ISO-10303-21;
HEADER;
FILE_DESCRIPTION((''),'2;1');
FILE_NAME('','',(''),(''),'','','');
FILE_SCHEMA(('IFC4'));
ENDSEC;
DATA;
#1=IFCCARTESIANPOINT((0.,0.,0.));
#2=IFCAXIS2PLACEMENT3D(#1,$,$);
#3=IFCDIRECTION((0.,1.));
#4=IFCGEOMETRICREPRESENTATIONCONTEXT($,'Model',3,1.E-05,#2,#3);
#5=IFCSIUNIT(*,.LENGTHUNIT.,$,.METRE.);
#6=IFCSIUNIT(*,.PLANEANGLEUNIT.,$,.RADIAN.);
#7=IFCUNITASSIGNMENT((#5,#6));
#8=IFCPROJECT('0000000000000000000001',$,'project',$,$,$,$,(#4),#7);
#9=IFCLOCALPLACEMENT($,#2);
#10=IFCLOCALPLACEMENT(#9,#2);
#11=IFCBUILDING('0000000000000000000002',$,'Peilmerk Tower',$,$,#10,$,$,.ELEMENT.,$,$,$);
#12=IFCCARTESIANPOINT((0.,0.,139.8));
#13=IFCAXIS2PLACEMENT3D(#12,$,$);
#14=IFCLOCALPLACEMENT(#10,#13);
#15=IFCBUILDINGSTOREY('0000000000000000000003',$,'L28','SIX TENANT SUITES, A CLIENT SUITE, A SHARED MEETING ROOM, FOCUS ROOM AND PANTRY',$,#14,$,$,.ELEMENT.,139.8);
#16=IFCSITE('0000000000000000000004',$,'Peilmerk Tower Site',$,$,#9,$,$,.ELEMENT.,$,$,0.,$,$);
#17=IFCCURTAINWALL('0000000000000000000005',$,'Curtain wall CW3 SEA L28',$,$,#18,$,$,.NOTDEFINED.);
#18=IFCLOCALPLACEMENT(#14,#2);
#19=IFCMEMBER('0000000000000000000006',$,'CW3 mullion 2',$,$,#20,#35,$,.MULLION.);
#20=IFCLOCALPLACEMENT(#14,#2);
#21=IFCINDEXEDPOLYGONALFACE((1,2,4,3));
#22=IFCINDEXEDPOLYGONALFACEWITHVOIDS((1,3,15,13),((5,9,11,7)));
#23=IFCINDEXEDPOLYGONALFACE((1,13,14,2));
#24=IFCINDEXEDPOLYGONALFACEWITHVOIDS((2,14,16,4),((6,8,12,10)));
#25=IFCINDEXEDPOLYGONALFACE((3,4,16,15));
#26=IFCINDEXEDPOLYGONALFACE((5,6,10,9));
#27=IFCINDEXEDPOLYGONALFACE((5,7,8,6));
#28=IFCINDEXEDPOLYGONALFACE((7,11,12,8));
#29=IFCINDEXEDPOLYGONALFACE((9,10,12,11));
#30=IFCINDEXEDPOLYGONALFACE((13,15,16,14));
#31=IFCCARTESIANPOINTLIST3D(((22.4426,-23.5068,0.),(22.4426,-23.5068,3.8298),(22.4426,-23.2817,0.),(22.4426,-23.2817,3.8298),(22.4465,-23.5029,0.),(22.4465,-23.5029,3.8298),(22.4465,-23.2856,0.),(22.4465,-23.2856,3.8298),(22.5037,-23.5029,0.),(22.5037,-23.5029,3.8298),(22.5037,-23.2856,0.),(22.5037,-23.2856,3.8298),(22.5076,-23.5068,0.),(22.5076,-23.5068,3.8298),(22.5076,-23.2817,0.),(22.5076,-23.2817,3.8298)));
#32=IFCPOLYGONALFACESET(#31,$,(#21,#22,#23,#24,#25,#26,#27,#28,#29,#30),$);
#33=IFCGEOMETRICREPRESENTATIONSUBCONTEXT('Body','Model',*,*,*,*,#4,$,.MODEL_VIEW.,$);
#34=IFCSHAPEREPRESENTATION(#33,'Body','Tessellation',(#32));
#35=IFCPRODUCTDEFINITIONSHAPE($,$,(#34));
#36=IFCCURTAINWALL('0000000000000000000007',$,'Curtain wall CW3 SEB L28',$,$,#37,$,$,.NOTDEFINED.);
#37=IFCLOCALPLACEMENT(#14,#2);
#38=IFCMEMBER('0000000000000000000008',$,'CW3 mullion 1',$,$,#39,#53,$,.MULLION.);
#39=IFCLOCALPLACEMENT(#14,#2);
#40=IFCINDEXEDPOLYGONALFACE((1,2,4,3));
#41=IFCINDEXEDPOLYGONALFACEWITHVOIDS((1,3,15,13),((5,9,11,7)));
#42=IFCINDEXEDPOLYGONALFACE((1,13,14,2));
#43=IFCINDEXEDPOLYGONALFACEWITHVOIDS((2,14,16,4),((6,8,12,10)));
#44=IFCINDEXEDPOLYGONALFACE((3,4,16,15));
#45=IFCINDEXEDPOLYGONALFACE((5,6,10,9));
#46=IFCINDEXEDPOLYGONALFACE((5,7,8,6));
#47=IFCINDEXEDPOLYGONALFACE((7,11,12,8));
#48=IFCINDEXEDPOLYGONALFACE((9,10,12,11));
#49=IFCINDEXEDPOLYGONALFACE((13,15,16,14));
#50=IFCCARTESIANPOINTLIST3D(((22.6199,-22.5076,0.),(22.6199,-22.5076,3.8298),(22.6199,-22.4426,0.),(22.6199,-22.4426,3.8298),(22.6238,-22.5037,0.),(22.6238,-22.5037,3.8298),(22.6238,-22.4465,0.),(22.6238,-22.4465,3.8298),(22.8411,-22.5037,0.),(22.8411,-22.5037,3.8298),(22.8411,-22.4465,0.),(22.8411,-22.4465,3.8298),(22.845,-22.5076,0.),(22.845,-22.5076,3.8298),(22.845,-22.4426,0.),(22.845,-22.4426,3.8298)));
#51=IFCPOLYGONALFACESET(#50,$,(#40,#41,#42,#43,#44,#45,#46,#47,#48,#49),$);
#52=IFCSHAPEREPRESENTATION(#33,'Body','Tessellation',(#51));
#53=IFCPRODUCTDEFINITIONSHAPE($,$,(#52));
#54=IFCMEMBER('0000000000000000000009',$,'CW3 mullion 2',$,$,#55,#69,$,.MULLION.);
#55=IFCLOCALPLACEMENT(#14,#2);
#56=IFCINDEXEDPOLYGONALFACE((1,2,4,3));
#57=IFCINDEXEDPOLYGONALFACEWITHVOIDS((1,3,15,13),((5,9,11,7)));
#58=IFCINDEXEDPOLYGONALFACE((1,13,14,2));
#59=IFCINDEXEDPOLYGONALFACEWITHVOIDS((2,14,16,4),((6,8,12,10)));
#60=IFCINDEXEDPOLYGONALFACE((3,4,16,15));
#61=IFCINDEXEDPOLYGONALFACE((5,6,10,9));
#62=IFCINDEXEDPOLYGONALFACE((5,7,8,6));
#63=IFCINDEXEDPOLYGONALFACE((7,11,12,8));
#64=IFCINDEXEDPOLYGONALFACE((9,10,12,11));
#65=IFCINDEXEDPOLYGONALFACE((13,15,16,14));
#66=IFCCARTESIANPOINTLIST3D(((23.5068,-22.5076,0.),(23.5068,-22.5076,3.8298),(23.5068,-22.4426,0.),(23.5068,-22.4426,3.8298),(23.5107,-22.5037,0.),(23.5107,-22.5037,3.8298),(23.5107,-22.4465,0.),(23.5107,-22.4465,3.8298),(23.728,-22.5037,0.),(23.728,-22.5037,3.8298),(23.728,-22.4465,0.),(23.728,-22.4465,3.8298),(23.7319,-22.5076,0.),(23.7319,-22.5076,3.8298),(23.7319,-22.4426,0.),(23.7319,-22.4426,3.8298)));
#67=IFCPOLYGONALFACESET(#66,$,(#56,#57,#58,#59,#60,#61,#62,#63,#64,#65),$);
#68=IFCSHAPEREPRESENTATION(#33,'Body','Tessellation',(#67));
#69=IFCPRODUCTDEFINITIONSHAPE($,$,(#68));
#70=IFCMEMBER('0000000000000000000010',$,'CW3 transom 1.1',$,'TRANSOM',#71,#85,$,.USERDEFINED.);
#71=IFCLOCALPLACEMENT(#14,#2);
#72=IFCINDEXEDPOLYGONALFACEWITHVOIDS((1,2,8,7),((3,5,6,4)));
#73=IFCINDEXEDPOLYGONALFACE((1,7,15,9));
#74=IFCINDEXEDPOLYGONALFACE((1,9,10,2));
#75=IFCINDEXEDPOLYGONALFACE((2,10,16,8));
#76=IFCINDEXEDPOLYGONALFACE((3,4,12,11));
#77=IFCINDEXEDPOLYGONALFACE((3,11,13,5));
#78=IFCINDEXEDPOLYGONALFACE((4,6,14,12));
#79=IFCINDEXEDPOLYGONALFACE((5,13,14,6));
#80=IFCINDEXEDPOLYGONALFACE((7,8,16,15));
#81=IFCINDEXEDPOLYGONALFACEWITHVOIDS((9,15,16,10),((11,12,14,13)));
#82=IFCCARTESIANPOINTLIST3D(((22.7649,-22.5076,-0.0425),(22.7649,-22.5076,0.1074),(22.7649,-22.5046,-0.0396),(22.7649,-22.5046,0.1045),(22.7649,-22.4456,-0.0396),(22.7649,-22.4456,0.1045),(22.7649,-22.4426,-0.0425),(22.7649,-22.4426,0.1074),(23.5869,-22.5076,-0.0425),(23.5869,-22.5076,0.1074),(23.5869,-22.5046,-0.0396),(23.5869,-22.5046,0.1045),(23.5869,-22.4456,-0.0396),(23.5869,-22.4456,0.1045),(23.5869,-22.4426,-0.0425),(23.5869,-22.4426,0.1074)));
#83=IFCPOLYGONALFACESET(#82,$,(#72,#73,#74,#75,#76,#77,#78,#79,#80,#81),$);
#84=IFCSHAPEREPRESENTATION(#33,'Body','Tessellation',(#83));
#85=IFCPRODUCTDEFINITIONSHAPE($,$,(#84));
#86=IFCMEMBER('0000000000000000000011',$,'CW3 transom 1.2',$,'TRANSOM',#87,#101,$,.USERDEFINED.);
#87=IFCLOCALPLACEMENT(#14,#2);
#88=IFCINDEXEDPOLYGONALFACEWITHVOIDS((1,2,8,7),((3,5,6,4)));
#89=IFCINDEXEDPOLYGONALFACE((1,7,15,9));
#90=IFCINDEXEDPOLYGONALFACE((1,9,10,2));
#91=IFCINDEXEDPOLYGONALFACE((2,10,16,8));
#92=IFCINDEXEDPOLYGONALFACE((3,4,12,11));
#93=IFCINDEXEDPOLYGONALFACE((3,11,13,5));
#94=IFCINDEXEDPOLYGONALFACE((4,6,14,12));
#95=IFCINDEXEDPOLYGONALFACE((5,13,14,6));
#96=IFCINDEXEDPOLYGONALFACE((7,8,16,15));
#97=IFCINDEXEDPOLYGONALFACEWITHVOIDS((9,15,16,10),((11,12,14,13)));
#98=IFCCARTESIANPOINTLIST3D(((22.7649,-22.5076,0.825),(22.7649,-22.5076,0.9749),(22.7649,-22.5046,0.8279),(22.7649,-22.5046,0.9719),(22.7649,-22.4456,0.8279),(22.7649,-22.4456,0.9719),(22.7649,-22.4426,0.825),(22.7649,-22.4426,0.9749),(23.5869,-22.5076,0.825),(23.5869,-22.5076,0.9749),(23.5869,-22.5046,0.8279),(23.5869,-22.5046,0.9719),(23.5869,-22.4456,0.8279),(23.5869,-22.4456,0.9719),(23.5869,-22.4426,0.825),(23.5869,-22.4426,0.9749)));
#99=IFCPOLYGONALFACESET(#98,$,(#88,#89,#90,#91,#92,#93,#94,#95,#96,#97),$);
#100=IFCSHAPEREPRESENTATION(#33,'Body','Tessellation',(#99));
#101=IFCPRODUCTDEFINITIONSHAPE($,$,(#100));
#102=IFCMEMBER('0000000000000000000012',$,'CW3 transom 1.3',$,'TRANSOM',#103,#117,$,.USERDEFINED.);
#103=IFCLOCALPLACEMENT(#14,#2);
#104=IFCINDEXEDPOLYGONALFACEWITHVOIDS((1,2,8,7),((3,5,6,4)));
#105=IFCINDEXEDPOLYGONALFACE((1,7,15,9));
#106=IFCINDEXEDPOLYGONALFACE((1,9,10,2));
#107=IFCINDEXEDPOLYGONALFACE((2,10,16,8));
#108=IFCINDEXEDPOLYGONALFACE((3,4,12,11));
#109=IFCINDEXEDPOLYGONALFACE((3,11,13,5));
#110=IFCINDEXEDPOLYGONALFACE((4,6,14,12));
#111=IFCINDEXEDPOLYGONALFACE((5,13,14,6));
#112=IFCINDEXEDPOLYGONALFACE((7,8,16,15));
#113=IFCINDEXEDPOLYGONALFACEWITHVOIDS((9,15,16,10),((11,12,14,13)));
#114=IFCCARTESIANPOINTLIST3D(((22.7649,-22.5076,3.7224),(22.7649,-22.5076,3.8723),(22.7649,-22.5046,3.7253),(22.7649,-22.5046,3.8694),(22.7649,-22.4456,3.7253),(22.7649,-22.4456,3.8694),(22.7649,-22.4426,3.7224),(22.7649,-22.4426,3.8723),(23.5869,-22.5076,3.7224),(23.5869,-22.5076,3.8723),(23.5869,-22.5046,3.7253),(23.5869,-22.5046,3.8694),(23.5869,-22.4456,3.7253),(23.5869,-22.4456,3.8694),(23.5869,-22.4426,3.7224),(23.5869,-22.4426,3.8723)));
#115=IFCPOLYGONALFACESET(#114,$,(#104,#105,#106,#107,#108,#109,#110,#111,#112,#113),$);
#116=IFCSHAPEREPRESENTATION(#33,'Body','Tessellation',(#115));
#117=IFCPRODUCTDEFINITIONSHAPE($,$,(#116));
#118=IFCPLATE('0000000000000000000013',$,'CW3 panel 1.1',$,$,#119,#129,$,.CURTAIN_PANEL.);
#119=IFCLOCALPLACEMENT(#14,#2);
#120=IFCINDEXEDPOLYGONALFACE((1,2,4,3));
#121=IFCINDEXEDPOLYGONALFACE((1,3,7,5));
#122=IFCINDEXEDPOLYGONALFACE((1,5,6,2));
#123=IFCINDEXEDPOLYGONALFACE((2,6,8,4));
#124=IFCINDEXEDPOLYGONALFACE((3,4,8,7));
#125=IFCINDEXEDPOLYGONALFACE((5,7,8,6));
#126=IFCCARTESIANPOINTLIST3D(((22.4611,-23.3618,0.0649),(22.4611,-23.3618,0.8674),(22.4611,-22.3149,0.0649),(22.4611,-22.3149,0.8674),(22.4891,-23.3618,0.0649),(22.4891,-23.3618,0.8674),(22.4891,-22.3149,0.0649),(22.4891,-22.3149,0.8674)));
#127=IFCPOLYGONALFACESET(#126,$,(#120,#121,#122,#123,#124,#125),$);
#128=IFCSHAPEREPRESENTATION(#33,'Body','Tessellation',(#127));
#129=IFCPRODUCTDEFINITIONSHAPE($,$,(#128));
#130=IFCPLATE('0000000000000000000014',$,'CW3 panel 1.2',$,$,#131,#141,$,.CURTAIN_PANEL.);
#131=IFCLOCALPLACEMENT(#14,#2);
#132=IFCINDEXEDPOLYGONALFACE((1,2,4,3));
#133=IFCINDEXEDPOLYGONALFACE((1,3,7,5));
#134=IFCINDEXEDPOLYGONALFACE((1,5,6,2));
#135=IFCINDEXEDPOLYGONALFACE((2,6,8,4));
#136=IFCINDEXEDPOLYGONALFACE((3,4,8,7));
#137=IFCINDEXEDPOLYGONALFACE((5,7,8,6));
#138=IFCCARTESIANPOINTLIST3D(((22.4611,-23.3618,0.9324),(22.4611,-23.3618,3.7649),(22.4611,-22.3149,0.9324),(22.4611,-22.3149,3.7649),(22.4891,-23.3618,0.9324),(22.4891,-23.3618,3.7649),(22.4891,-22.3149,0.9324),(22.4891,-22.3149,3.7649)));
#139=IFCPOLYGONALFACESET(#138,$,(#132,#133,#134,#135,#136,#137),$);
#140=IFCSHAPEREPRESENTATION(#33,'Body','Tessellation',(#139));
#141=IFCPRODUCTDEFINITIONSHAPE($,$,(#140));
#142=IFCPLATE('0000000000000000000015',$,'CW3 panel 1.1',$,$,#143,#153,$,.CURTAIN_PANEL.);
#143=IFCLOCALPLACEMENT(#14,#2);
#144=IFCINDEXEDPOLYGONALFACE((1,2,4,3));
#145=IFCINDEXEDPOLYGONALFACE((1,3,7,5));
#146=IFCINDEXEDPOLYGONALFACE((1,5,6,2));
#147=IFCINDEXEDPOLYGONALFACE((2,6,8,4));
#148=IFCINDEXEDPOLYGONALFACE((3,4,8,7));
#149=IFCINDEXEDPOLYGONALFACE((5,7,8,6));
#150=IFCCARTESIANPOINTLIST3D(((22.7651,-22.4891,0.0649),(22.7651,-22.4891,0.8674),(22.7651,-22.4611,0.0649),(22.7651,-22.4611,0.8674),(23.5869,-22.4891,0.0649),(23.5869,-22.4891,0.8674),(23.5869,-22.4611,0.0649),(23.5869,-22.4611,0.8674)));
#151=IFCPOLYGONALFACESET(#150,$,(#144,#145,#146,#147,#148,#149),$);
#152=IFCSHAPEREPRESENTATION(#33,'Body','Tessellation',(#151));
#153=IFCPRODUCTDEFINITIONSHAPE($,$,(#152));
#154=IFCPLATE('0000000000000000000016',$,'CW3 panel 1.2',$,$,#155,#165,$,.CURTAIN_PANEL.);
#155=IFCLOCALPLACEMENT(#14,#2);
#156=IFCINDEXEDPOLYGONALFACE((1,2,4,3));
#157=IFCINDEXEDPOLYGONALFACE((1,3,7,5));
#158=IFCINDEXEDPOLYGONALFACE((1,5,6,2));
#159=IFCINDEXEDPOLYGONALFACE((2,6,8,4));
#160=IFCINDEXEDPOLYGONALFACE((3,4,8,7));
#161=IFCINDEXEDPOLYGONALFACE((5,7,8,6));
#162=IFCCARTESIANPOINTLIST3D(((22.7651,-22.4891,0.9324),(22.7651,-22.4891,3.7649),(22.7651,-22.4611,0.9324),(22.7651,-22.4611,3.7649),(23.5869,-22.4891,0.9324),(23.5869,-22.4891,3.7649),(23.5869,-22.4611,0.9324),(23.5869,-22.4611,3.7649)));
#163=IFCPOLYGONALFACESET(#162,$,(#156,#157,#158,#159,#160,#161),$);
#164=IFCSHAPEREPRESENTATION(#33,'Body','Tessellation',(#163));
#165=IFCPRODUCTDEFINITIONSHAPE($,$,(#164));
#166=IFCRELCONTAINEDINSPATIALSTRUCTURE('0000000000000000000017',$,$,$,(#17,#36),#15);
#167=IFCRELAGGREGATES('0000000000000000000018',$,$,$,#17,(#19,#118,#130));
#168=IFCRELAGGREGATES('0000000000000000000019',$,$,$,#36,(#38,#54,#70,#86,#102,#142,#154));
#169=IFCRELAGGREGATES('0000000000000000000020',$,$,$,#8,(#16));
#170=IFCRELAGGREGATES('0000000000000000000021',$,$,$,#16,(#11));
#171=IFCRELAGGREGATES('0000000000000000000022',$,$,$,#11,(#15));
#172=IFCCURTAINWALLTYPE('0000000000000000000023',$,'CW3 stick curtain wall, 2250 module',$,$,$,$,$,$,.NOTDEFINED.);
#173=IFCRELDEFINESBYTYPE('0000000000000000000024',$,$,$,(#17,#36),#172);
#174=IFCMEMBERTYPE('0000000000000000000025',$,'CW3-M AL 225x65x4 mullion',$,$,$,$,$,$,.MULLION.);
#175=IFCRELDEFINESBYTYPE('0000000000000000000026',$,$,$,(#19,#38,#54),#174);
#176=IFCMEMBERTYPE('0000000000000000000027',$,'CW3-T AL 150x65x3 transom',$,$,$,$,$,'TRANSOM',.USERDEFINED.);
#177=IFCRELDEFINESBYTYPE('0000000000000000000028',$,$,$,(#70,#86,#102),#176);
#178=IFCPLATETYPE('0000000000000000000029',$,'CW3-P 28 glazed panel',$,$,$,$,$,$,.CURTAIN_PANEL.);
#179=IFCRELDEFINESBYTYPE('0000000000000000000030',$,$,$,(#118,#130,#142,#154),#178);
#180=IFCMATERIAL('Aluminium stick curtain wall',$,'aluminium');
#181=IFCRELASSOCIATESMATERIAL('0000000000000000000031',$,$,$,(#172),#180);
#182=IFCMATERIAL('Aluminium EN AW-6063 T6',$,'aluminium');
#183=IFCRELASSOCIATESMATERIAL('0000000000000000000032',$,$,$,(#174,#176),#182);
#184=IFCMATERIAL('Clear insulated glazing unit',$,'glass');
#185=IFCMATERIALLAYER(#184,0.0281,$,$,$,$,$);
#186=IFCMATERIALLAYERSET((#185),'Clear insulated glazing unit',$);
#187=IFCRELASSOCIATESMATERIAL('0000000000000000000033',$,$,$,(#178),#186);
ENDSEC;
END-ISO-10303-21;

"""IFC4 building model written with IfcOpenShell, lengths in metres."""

from ifc_helpers import new_model, si_unit, direction, frame, origin, origin_2d, place, context, subcontext, project, spatial, rectangle, hollow_rectangle, extrude, material, layer, layer_set, material_profile, profile_set, type_object, element, aggregate, save


model = new_model("IFC4")

# Units and contexts
model_context = context("Model", 3, precision=1e-05, world=origin(), true_north=direction((0.0, 1.0)))
body_context = subcontext(model_context, "Body", "Model", "MODEL_VIEW")
ifc_project = project(units=[si_unit("LENGTHUNIT", "METRE"), si_unit("PLANEANGLEUNIT", "RADIAN")], contexts=[model_context])

# Site, building, storey
site_placement = place(None, origin())
site = spatial("IfcSite", under=ifc_project, at=site_placement, Name="Peilmerk Tower Site", CompositionType="ELEMENT", RefElevation=0.0)
building_placement = place(site_placement, origin())
building = spatial("IfcBuilding", under=site, at=building_placement, Name="Peilmerk Tower", CompositionType="ELEMENT")
storey_placement = place(building_placement, frame((0.0, 0.0, 139.8)))
storey = spatial("IfcBuildingStorey", under=building, at=storey_placement, Name="L28", Description="SIX TENANT SUITES, A CLIENT SUITE, A SHARED MEETING ROOM, FOCUS ROOM AND PANTRY", CompositionType="ELEMENT", Elevation=139.8)

# Curtain wall, member
ifc_material_1 = material(Name="Aluminium stick curtain wall", Category="aluminium")
curtain_wall_type = type_object("IfcCurtainWallType", Name="CW3 stick curtain wall, 2250 module", PredefinedType="NOTDEFINED", material=ifc_material_1)
curtain_wall_1_placement = place(storey_placement, origin())
curtain_wall_1 = element("IfcCurtainWall", 1, at=curtain_wall_1_placement, inside=storey, type_object=curtain_wall_type, Name="Curtain wall CW3 SEA L28", PredefinedType="NOTDEFINED")
ifc_material_2 = material(Name="Aluminium EN AW-6063 T6", Category="aluminium")
ifc_material_profile_1 = material_profile(ifc_material_2, hollow_rectangle(XDim=0.0649, YDim=0.2251, WallThickness=0.0039, at=origin_2d()), Name="AL 225x65x4")
ifc_profile_set_1 = profile_set([ifc_material_profile_1], Name="Aluminium EN AW-6063 T6")
member_type_1 = type_object("IfcMemberType", Name="CW3-M AL 225x65x4 mullion", PredefinedType="MULLION", material=ifc_profile_set_1)
member_1_placement = place(storey_placement, frame((22.4751, -23.3943, 0.0), z_axis=(0.0, 0.0, 1.0), x_axis=(1.0, 0.0, 0.0)))
member_1 = element("IfcMember", 2, at=member_1_placement, type_object=member_type_1, Name="CW3 mullion 2", PredefinedType="MULLION", context=body_context, shape_type="SweptSolid", body=[
    extrude(hollow_rectangle(XDim=0.0649, YDim=0.2251, WallThickness=0.0039, at=origin_2d()), origin(), (0.0, 0.0, 1.0), 3.8298),
])

# Curtain wall, members
curtain_wall_2_placement = place(storey_placement, origin())
curtain_wall_2 = element("IfcCurtainWall", 3, at=curtain_wall_2_placement, inside=storey, type_object=curtain_wall_type, Name="Curtain wall CW3 SEB L28", PredefinedType="NOTDEFINED")
member_2_placement = place(storey_placement, frame((22.7324, -22.4751, 0.0), z_axis=(0.0, 0.0, 1.0), x_axis=(0.0, 1.0, 0.0)))
member_2 = element("IfcMember", 4, at=member_2_placement, type_object=member_type_1, Name="CW3 mullion 1", PredefinedType="MULLION", context=body_context, shape_type="SweptSolid", body=[
    extrude(hollow_rectangle(XDim=0.0649, YDim=0.2251, WallThickness=0.0039, at=origin_2d()), origin(), (0.0, 0.0, 1.0), 3.8298),
])
member_3_placement = place(storey_placement, frame((23.6194, -22.4751, 0.0), z_axis=(0.0, 0.0, 1.0), x_axis=(0.0, 1.0, 0.0)))
member_3 = element("IfcMember", 5, at=member_3_placement, type_object=member_type_1, Name="CW3 mullion 2", PredefinedType="MULLION", context=body_context, shape_type="SweptSolid", body=[
    extrude(hollow_rectangle(XDim=0.0649, YDim=0.2251, WallThickness=0.0039, at=origin_2d()), origin(), (0.0, 0.0, 1.0), 3.8298),
])
ifc_material_profile_2 = material_profile(ifc_material_2, hollow_rectangle(XDim=0.0649, YDim=0.1499, WallThickness=0.0029, at=origin_2d()), Name="AL 150x65x3")
ifc_profile_set_2 = profile_set([ifc_material_profile_2], Name="Aluminium EN AW-6063 T6")
member_type_2 = type_object("IfcMemberType", Name="CW3-T AL 150x65x3 transom", ElementType="TRANSOM", PredefinedType="USERDEFINED", material=ifc_profile_set_2)
member_4_placement = place(storey_placement, frame((22.7649, -22.4751, 0.0325), z_axis=(1.0, 0.0, 0.0), x_axis=(0.0, 1.0, 0.0)))
member_4 = element("IfcMember", 6, at=member_4_placement, type_object=member_type_2, Name="CW3 transom 1.1", ObjectType="TRANSOM", PredefinedType="USERDEFINED", context=body_context, shape_type="SweptSolid", body=[
    extrude(hollow_rectangle(XDim=0.0649, YDim=0.1499, WallThickness=0.0029, at=origin_2d()), origin(), (0.0, 0.0, 1.0), 0.822),
])
member_5_placement = place(storey_placement, frame((22.7649, -22.4751, 0.8999), z_axis=(1.0, 0.0, 0.0), x_axis=(0.0, 1.0, 0.0)))
member_5 = element("IfcMember", 7, at=member_5_placement, type_object=member_type_2, Name="CW3 transom 1.2", ObjectType="TRANSOM", PredefinedType="USERDEFINED", context=body_context, shape_type="SweptSolid", body=[
    extrude(hollow_rectangle(XDim=0.0649, YDim=0.1499, WallThickness=0.0029, at=origin_2d()), origin(), (0.0, 0.0, 1.0), 0.822),
])
member_6_placement = place(storey_placement, frame((22.7649, -22.4751, 3.7974), z_axis=(1.0, 0.0, 0.0), x_axis=(0.0, 1.0, 0.0)))
member_6 = element("IfcMember", 8, at=member_6_placement, type_object=member_type_2, Name="CW3 transom 1.3", ObjectType="TRANSOM", PredefinedType="USERDEFINED", context=body_context, shape_type="SweptSolid", body=[
    extrude(hollow_rectangle(XDim=0.0649, YDim=0.1499, WallThickness=0.0029, at=origin_2d()), origin(), (0.0, 0.0, 1.0), 0.822),
])

# Plates
ifc_material_3 = material(Name="Clear insulated glazing unit", Category="glass")
ifc_layer_1 = layer(ifc_material_3, 0.0281)
ifc_layer_set_1 = layer_set([ifc_layer_1], Name="Clear insulated glazing unit")
plate_type = type_object("IfcPlateType", Name="CW3-P 28 glazed panel", PredefinedType="CURTAIN_PANEL", material=ifc_layer_set_1)
plate_1_placement = place(storey_placement, frame((22.4751, -22.8384, 0.0649), z_axis=(0.0, 0.0, 1.0), x_axis=(0.0, -1.0, 0.0)))
plate_1 = element("IfcPlate", 9, at=plate_1_placement, type_object=plate_type, Name="CW3 panel 1.1", PredefinedType="CURTAIN_PANEL", context=body_context, shape_type="SweptSolid", body=[
    extrude(rectangle(XDim=1.0469, YDim=0.0281, at=origin_2d()), origin(), (0.0, 0.0, 1.0), 0.8025),
])
plate_2_placement = place(storey_placement, frame((22.4751, -22.8384, 0.9324), z_axis=(0.0, 0.0, 1.0), x_axis=(0.0, -1.0, 0.0)))
plate_2 = element("IfcPlate", 10, at=plate_2_placement, type_object=plate_type, Name="CW3 panel 1.2", PredefinedType="CURTAIN_PANEL", context=body_context, shape_type="SweptSolid", body=[
    extrude(rectangle(XDim=1.0469, YDim=0.0281, at=origin_2d()), origin(), (0.0, 0.0, 1.0), 2.8325),
])
aggregate(curtain_wall_1, [member_1, plate_1, plate_2])
plate_3_placement = place(storey_placement, frame((23.176, -22.4751, 0.0649), z_axis=(0.0, 0.0, 1.0), x_axis=(1.0, 0.0, 0.0)))
plate_3 = element("IfcPlate", 11, at=plate_3_placement, type_object=plate_type, Name="CW3 panel 1.1", PredefinedType="CURTAIN_PANEL", context=body_context, shape_type="SweptSolid", body=[
    extrude(rectangle(XDim=0.8218, YDim=0.0281, at=origin_2d()), origin(), (0.0, 0.0, 1.0), 0.8025),
])
plate_4_placement = place(storey_placement, frame((23.176, -22.4751, 0.9324), z_axis=(0.0, 0.0, 1.0), x_axis=(1.0, 0.0, 0.0)))
plate_4 = element("IfcPlate", 12, at=plate_4_placement, type_object=plate_type, Name="CW3 panel 1.2", PredefinedType="CURTAIN_PANEL", context=body_context, shape_type="SweptSolid", body=[
    extrude(rectangle(XDim=0.8218, YDim=0.0281, at=origin_2d()), origin(), (0.0, 0.0, 1.0), 2.8325),
])
aggregate(curtain_wall_2, [member_2, member_3, member_4, member_5, member_6, plate_3, plate_4])

save(model, "model.ifc")
